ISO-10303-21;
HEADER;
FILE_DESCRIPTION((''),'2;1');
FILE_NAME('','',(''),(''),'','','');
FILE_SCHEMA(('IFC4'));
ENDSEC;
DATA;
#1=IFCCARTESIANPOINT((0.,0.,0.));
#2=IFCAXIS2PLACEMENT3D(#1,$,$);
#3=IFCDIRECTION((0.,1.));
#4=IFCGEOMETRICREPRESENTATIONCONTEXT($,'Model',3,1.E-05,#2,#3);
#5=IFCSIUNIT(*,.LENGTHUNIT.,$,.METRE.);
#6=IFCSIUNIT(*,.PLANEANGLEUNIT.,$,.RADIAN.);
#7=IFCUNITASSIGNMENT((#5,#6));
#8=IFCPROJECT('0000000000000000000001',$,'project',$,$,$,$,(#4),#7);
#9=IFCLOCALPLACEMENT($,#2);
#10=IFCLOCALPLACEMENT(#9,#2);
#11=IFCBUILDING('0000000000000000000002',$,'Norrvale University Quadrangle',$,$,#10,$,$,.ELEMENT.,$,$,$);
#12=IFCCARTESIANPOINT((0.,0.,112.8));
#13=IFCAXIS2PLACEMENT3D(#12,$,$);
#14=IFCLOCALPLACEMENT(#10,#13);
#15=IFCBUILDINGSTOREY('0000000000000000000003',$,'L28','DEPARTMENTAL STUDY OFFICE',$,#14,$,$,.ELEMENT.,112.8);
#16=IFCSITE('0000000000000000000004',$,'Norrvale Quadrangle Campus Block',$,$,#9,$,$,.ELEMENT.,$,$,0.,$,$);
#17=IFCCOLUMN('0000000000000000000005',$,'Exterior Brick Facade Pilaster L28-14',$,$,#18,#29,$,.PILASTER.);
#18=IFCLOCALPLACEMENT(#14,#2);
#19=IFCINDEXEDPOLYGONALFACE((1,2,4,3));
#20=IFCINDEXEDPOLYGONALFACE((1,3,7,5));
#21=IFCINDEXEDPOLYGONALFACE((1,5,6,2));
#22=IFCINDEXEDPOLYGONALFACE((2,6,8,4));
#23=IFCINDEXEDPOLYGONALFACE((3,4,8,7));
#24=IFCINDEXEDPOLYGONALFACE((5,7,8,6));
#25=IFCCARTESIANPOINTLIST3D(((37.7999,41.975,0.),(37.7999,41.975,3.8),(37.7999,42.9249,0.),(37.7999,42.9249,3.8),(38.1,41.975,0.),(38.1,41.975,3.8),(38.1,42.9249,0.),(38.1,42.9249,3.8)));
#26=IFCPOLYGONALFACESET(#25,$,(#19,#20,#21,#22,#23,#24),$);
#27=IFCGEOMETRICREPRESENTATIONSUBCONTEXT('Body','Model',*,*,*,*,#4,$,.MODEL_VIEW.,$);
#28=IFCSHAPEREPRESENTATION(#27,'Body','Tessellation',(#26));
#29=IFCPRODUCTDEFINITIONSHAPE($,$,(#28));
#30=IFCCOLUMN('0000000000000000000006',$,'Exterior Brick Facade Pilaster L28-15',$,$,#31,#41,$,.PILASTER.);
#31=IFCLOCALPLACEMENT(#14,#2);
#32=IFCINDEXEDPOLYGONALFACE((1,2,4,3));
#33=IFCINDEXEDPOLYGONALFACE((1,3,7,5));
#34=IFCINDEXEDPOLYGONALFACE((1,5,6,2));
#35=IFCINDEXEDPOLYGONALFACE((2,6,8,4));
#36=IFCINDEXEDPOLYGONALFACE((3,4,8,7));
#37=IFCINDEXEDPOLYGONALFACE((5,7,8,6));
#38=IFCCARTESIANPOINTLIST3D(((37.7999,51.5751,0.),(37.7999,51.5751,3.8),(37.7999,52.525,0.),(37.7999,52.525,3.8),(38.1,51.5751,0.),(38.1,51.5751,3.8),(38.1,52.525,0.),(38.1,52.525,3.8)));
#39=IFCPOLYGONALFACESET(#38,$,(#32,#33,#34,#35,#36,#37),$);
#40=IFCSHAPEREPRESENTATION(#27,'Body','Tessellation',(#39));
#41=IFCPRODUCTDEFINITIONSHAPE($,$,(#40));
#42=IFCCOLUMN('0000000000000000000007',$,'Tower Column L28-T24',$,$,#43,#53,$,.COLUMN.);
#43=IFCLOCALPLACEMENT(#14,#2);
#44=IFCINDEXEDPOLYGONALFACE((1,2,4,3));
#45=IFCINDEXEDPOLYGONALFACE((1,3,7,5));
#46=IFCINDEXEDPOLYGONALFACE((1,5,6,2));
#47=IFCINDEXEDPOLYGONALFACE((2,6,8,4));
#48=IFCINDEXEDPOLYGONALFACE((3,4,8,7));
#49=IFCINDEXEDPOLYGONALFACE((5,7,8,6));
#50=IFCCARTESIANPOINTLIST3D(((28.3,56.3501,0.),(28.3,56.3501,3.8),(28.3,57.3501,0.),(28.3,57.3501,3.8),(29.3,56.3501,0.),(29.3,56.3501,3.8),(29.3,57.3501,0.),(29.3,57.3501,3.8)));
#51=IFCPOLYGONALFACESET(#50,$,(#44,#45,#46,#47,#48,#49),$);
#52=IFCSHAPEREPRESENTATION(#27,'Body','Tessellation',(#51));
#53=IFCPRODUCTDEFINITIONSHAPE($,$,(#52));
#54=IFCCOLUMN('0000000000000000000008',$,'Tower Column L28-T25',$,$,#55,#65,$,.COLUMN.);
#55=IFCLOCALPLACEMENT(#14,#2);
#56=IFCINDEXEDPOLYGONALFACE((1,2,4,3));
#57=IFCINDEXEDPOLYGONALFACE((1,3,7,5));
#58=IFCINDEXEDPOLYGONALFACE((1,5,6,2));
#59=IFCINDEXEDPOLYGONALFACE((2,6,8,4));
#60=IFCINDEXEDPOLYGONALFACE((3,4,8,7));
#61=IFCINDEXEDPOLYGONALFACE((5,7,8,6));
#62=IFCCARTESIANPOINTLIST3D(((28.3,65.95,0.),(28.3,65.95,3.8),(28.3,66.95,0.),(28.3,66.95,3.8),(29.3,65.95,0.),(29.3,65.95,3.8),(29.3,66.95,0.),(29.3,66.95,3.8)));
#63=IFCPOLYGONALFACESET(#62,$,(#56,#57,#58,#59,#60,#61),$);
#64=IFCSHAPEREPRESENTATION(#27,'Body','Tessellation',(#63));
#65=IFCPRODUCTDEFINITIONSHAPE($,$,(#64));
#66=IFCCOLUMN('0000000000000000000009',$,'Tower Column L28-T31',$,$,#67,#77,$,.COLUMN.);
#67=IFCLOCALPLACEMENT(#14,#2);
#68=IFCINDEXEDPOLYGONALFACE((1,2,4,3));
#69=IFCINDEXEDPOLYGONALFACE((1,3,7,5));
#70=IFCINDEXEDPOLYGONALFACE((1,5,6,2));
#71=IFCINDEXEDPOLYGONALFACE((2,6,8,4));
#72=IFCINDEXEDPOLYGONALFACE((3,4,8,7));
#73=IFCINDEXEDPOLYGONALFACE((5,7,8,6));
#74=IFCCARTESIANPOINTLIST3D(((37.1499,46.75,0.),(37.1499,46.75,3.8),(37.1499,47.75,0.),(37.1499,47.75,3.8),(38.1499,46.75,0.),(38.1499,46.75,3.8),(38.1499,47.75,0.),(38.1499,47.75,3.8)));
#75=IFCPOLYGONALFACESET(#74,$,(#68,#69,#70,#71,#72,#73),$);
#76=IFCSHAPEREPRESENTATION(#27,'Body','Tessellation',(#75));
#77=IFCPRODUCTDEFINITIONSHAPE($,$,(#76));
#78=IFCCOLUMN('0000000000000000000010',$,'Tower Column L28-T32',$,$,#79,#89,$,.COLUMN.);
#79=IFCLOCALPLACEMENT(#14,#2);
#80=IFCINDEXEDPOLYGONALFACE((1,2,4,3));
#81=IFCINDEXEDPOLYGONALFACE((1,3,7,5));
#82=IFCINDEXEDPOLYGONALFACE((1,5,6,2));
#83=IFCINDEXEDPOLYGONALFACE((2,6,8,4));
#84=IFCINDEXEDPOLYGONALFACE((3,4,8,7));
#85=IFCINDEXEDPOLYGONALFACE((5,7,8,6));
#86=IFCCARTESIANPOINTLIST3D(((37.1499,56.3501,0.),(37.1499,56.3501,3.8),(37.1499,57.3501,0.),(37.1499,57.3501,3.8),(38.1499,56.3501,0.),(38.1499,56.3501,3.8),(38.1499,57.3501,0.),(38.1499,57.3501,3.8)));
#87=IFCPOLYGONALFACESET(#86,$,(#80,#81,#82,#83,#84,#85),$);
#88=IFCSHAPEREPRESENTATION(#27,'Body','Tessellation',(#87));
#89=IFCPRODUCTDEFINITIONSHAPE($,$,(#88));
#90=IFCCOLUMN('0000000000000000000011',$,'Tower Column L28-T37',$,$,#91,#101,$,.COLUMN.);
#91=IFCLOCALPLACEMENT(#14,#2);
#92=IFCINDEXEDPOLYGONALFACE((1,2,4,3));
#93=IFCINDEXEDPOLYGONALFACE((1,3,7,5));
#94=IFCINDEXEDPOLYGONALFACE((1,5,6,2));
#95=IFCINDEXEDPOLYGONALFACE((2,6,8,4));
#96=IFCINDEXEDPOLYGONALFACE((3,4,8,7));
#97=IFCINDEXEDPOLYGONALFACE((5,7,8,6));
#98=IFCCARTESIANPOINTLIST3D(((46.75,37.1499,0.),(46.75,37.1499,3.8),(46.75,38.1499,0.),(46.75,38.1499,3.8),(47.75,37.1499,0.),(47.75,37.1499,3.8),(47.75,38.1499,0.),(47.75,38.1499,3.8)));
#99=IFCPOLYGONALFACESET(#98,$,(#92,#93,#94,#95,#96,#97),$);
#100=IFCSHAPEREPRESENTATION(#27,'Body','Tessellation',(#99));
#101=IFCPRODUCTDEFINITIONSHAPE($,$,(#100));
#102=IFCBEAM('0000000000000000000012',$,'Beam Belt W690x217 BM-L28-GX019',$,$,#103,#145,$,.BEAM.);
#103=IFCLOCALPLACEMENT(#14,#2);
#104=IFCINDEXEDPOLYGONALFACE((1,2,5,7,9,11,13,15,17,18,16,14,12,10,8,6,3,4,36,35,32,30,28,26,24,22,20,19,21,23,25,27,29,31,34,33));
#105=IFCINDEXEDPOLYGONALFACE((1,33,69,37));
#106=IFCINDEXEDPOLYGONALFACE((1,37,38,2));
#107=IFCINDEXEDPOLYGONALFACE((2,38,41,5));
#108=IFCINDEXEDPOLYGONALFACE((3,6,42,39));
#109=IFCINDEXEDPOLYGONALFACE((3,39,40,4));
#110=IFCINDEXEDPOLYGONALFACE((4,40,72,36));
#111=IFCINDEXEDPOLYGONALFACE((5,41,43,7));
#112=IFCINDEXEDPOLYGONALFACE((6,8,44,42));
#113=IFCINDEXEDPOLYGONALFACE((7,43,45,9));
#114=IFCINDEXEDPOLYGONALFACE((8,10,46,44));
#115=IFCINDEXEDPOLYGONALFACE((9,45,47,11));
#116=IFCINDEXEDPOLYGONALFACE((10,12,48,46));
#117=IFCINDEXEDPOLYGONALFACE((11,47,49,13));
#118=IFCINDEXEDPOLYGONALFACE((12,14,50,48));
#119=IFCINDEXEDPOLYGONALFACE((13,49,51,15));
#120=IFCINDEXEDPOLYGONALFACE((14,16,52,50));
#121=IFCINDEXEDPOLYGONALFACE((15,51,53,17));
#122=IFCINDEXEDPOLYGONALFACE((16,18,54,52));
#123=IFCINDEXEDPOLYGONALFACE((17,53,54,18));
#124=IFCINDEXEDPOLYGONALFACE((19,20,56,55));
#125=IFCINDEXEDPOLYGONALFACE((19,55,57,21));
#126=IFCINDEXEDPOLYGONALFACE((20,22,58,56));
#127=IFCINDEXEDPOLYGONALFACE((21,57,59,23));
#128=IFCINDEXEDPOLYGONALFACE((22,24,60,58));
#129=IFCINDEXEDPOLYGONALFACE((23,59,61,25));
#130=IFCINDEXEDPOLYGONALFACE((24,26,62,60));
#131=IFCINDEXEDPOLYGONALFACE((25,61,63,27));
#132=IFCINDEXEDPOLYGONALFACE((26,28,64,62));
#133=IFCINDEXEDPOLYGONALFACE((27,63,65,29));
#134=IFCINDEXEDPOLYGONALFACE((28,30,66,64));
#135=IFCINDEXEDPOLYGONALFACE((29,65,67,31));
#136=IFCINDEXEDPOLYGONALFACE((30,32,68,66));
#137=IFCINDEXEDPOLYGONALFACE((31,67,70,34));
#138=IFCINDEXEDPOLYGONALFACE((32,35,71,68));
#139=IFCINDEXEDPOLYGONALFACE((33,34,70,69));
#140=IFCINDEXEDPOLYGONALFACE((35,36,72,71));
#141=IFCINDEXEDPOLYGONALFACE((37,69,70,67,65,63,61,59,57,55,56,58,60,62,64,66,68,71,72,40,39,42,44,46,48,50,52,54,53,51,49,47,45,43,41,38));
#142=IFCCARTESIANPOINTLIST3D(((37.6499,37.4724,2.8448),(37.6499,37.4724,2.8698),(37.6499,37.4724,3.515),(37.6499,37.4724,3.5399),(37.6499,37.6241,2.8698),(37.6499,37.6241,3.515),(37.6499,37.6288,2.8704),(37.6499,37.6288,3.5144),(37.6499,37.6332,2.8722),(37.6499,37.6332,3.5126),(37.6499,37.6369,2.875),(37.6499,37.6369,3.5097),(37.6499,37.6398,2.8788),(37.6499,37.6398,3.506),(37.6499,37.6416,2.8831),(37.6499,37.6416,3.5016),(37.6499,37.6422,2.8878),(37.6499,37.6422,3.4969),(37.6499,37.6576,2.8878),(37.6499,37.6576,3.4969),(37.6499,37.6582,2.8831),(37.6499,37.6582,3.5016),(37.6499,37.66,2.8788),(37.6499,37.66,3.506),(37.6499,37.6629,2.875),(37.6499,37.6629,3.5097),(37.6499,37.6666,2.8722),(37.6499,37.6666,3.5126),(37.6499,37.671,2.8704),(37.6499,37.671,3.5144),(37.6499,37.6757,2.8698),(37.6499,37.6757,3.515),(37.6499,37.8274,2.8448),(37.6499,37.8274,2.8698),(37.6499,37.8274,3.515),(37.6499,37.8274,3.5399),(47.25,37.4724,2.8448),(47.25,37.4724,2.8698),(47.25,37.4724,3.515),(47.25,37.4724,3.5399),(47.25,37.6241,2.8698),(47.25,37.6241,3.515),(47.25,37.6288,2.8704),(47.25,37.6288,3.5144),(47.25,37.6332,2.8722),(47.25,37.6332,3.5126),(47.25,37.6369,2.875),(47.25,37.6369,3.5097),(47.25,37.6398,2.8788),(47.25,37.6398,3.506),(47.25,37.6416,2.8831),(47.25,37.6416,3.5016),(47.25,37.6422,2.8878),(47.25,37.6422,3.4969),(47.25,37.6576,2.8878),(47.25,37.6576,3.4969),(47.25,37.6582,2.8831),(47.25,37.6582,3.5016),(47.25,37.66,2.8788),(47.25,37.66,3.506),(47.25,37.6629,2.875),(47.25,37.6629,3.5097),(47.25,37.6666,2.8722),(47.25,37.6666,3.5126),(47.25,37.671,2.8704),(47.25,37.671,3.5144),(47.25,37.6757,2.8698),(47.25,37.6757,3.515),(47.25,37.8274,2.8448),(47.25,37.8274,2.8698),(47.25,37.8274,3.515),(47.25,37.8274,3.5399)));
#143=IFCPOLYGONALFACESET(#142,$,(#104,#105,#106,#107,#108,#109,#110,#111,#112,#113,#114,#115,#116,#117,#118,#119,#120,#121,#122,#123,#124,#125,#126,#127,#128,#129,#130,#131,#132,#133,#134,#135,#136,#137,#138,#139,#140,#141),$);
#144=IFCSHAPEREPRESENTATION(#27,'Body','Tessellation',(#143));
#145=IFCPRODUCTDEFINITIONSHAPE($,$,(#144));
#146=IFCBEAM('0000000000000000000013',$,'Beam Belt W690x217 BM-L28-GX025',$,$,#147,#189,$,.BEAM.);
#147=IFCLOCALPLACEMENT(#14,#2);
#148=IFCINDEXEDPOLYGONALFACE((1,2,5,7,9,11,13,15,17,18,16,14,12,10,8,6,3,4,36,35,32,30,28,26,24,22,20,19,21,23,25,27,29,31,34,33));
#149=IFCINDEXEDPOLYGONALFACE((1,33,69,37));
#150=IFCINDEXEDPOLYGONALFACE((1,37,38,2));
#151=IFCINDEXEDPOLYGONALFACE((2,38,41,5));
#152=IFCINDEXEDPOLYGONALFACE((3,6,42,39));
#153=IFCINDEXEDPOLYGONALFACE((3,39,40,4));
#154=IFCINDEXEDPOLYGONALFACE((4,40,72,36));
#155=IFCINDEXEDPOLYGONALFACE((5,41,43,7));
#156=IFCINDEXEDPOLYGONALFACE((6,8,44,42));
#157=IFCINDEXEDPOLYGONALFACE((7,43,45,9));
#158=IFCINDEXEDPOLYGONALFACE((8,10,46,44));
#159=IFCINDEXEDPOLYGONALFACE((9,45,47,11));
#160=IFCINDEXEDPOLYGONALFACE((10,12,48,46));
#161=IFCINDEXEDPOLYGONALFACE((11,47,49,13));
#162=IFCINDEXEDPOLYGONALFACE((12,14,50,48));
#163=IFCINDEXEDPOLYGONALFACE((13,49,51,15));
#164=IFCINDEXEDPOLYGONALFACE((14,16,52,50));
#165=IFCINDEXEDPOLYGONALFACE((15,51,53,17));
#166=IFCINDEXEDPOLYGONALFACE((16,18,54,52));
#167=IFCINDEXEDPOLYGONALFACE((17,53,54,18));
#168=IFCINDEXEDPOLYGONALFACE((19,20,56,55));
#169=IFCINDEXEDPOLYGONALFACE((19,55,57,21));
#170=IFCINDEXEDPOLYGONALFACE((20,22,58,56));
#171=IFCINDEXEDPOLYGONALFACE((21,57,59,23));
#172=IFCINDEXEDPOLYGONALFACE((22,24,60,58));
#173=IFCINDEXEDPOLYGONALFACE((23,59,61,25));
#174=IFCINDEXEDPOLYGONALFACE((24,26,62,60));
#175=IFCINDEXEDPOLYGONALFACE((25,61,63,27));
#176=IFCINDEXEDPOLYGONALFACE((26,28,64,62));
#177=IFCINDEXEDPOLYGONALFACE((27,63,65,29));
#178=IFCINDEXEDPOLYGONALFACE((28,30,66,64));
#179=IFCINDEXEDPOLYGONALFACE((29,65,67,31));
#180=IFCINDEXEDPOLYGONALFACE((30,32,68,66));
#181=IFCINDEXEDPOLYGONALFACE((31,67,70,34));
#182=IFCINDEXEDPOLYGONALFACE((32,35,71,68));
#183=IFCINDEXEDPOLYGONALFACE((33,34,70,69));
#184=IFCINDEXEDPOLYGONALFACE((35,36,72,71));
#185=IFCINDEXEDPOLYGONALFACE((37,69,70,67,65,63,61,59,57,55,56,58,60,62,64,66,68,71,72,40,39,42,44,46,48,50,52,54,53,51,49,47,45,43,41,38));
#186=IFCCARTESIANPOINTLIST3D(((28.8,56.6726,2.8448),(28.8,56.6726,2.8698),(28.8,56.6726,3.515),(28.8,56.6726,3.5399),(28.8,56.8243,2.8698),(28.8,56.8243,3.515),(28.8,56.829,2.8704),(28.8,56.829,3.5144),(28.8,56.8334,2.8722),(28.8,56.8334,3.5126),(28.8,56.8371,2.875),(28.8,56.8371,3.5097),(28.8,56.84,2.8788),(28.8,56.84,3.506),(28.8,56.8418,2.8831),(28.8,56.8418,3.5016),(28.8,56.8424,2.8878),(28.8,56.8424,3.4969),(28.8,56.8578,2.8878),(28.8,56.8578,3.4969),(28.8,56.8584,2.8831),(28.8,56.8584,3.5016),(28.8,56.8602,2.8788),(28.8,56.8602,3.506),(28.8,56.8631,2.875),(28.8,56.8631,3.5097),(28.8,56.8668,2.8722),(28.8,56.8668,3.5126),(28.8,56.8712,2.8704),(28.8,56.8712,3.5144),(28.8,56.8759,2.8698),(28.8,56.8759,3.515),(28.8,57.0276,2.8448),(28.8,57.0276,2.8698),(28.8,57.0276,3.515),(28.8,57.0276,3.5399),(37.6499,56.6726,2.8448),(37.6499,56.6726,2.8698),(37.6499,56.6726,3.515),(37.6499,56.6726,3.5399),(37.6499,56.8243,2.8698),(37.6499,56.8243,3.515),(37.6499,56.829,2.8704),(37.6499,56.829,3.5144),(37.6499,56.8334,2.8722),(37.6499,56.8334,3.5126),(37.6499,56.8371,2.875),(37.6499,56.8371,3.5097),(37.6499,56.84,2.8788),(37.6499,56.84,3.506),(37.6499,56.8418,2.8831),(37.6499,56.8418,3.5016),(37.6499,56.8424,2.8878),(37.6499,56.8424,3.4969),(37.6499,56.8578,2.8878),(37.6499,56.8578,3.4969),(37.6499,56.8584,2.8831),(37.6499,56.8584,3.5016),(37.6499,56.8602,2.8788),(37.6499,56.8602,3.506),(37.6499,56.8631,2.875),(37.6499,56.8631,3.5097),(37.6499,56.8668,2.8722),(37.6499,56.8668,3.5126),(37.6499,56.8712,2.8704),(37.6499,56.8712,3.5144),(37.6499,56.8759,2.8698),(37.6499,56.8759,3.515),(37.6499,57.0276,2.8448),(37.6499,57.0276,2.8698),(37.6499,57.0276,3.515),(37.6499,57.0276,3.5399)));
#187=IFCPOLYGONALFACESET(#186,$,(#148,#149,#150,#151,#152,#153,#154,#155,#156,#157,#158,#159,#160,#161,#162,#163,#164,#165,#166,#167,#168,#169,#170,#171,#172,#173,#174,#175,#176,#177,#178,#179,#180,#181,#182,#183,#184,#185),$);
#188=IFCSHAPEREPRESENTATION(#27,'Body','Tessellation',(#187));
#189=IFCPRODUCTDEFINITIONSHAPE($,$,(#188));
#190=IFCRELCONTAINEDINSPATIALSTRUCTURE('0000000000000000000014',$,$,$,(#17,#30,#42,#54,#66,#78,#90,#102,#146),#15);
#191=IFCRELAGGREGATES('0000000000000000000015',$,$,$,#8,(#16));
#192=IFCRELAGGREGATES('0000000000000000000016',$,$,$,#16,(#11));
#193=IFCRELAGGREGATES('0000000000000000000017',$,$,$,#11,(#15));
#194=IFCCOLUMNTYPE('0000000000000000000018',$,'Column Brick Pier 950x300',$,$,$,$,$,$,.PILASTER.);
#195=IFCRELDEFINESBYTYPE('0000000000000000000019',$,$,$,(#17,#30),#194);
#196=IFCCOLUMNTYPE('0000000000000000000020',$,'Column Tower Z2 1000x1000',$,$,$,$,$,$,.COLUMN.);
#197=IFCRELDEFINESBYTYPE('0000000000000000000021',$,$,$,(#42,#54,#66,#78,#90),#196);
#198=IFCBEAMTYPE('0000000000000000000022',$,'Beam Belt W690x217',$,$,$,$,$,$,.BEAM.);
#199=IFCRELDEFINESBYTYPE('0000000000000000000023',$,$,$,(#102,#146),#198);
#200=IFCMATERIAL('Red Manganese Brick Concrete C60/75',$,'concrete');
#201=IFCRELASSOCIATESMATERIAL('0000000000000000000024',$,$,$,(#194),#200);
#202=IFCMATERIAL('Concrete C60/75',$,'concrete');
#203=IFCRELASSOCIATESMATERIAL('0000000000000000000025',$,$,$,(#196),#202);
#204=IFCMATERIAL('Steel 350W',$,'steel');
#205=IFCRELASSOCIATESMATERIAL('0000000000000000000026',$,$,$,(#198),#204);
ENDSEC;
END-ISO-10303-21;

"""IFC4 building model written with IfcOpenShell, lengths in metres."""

from ifc_helpers import new_model, si_unit, direction, frame, origin, origin_2d, place, context, subcontext, project, spatial, rectangle, i_section, extrude, material, material_profile, profile_set, type_object, element, save


model = new_model("IFC4")

# Units and contexts
model_context = context("Model", 3, precision=1e-05, world=origin(), true_north=direction((0.0, 1.0)))
body_context = subcontext(model_context, "Body", "Model", "MODEL_VIEW")
ifc_project = project(units=[si_unit("LENGTHUNIT", "METRE"), si_unit("PLANEANGLEUNIT", "RADIAN")], contexts=[model_context])

# Site, building, storey
site_placement = place(None, origin())
site = spatial("IfcSite", under=ifc_project, at=site_placement, Name="Norrvale Quadrangle Campus Block", CompositionType="ELEMENT", RefElevation=0.0)
building_placement = place(site_placement, origin())
building = spatial("IfcBuilding", under=site, at=building_placement, Name="Norrvale University Quadrangle", CompositionType="ELEMENT")
storey_placement = place(building_placement, frame((0.0, 0.0, 112.8)))
storey = spatial("IfcBuildingStorey", under=building, at=storey_placement, Name="L28", Description="DEPARTMENTAL STUDY OFFICE", CompositionType="ELEMENT", Elevation=112.8)

# Columns
ifc_material_1 = material(Name="Red Manganese Brick Concrete C60/75", Category="concrete")
ifc_material_profile_1 = material_profile(ifc_material_1, rectangle(XDim=0.95, YDim=0.3, at=origin_2d()), Name="Red Manganese Brick Concrete C60/75")
ifc_profile_set_1 = profile_set([ifc_material_profile_1], Name="Red Manganese Brick Concrete C60/75")
column_type_1 = type_object("IfcColumnType", Name="Column Brick Pier 950x300", PredefinedType="PILASTER", material=ifc_profile_set_1)
for number, where, z_axis, x_axis, name in (
    (1, (37.95, 42.45, 0.0), (0.0, 0.0, 1.0), (0.0, 1.0, 0.0), "Exterior Brick Facade Pilaster L28-14"),
    (2, (37.95, 52.05, 0.0), (0.0, 0.0, 1.0), (0.0, 1.0, 0.0), "Exterior Brick Facade Pilaster L28-15"),
):
    element("IfcColumn", number, at=place(storey_placement, frame(where, z_axis=z_axis, x_axis=x_axis)), inside=storey, type_object=column_type_1, Name=name, PredefinedType="PILASTER", context=body_context, shape_type="SweptSolid", body=[
        extrude(rectangle(XDim=0.95, YDim=0.3, at=origin_2d()), origin(), (0.0, 0.0, 1.0), 3.8),
    ])
ifc_material_2 = material(Name="Concrete C60/75", Category="concrete")
ifc_material_profile_2 = material_profile(ifc_material_2, rectangle(XDim=1.0, YDim=1.0, at=origin_2d()), Name="Concrete C60/75")
ifc_profile_set_2 = profile_set([ifc_material_profile_2], Name="Concrete C60/75")
column_type_2 = type_object("IfcColumnType", Name="Column Tower Z2 1000x1000", PredefinedType="COLUMN", material=ifc_profile_set_2)
for number, where, z_axis, x_axis, name in (
    (3, (28.8, 56.8501, 0.0), (0.0, 0.0, 1.0), (1.0, 0.0, 0.0), "Tower Column L28-T24"),
    (4, (28.8, 66.45, 0.0), (0.0, 0.0, 1.0), (1.0, 0.0, 0.0), "Tower Column L28-T25"),
    (5, (37.6499, 47.25, 0.0), (0.0, 0.0, 1.0), (1.0, 0.0, 0.0), "Tower Column L28-T31"),
    (6, (37.6499, 56.8501, 0.0), (0.0, 0.0, 1.0), (1.0, 0.0, 0.0), "Tower Column L28-T32"),
    (7, (47.25, 37.6499, 0.0), (0.0, 0.0, 1.0), (1.0, 0.0, 0.0), "Tower Column L28-T37"),
):
    element("IfcColumn", number, at=place(storey_placement, frame(where, z_axis=z_axis, x_axis=x_axis)), inside=storey, type_object=column_type_2, Name=name, PredefinedType="COLUMN", context=body_context, shape_type="SweptSolid", body=[
        extrude(rectangle(XDim=1.0, YDim=1.0, at=origin_2d()), origin(), (0.0, 0.0, 1.0), 3.8),
    ])

# Beams
ifc_material_3 = material(Name="Steel 350W", Category="steel")
ifc_material_profile_3 = material_profile(ifc_material_3, i_section(OverallWidth=0.355, OverallDepth=0.6951, WebThickness=0.0154, FlangeThickness=0.0249, FilletRadius=0.0181, at=origin_2d()), Name="Steel 350W")
ifc_profile_set_3 = profile_set([ifc_material_profile_3], Name="Steel 350W")
beam_type_1 = type_object("IfcBeamType", Name="Beam Belt W690x217", PredefinedType="BEAM", material=ifc_profile_set_3)
beam_1_placement = place(storey_placement, frame((37.6499, 37.6499, 3.1924), z_axis=(1.0, 0.0, 0.0), x_axis=(0.0, 1.0, 0.0)))
element("IfcBeam", 8, at=beam_1_placement, inside=storey, type_object=beam_type_1, Name="Beam Belt W690x217 BM-L28-GX019", PredefinedType="BEAM", context=body_context, shape_type="SweptSolid", body=[
    extrude(i_section(OverallWidth=0.355, OverallDepth=0.6951, WebThickness=0.0154, FlangeThickness=0.0249, FilletRadius=0.0181, at=origin_2d()), origin(), (0.0, 0.0, 1.0), 9.6001),
])
beam_2_placement = place(storey_placement, frame((28.8, 56.8501, 3.1924), z_axis=(1.0, 0.0, 0.0), x_axis=(0.0, 1.0, 0.0)))
element("IfcBeam", 9, at=beam_2_placement, inside=storey, type_object=beam_type_1, Name="Beam Belt W690x217 BM-L28-GX025", PredefinedType="BEAM", context=body_context, shape_type="SweptSolid", body=[
    extrude(i_section(OverallWidth=0.355, OverallDepth=0.6951, WebThickness=0.0154, FlangeThickness=0.0249, FilletRadius=0.0181, at=origin_2d()), origin(), (0.0, 0.0, 1.0), 8.8499),
])

save(model, "model.ifc")
